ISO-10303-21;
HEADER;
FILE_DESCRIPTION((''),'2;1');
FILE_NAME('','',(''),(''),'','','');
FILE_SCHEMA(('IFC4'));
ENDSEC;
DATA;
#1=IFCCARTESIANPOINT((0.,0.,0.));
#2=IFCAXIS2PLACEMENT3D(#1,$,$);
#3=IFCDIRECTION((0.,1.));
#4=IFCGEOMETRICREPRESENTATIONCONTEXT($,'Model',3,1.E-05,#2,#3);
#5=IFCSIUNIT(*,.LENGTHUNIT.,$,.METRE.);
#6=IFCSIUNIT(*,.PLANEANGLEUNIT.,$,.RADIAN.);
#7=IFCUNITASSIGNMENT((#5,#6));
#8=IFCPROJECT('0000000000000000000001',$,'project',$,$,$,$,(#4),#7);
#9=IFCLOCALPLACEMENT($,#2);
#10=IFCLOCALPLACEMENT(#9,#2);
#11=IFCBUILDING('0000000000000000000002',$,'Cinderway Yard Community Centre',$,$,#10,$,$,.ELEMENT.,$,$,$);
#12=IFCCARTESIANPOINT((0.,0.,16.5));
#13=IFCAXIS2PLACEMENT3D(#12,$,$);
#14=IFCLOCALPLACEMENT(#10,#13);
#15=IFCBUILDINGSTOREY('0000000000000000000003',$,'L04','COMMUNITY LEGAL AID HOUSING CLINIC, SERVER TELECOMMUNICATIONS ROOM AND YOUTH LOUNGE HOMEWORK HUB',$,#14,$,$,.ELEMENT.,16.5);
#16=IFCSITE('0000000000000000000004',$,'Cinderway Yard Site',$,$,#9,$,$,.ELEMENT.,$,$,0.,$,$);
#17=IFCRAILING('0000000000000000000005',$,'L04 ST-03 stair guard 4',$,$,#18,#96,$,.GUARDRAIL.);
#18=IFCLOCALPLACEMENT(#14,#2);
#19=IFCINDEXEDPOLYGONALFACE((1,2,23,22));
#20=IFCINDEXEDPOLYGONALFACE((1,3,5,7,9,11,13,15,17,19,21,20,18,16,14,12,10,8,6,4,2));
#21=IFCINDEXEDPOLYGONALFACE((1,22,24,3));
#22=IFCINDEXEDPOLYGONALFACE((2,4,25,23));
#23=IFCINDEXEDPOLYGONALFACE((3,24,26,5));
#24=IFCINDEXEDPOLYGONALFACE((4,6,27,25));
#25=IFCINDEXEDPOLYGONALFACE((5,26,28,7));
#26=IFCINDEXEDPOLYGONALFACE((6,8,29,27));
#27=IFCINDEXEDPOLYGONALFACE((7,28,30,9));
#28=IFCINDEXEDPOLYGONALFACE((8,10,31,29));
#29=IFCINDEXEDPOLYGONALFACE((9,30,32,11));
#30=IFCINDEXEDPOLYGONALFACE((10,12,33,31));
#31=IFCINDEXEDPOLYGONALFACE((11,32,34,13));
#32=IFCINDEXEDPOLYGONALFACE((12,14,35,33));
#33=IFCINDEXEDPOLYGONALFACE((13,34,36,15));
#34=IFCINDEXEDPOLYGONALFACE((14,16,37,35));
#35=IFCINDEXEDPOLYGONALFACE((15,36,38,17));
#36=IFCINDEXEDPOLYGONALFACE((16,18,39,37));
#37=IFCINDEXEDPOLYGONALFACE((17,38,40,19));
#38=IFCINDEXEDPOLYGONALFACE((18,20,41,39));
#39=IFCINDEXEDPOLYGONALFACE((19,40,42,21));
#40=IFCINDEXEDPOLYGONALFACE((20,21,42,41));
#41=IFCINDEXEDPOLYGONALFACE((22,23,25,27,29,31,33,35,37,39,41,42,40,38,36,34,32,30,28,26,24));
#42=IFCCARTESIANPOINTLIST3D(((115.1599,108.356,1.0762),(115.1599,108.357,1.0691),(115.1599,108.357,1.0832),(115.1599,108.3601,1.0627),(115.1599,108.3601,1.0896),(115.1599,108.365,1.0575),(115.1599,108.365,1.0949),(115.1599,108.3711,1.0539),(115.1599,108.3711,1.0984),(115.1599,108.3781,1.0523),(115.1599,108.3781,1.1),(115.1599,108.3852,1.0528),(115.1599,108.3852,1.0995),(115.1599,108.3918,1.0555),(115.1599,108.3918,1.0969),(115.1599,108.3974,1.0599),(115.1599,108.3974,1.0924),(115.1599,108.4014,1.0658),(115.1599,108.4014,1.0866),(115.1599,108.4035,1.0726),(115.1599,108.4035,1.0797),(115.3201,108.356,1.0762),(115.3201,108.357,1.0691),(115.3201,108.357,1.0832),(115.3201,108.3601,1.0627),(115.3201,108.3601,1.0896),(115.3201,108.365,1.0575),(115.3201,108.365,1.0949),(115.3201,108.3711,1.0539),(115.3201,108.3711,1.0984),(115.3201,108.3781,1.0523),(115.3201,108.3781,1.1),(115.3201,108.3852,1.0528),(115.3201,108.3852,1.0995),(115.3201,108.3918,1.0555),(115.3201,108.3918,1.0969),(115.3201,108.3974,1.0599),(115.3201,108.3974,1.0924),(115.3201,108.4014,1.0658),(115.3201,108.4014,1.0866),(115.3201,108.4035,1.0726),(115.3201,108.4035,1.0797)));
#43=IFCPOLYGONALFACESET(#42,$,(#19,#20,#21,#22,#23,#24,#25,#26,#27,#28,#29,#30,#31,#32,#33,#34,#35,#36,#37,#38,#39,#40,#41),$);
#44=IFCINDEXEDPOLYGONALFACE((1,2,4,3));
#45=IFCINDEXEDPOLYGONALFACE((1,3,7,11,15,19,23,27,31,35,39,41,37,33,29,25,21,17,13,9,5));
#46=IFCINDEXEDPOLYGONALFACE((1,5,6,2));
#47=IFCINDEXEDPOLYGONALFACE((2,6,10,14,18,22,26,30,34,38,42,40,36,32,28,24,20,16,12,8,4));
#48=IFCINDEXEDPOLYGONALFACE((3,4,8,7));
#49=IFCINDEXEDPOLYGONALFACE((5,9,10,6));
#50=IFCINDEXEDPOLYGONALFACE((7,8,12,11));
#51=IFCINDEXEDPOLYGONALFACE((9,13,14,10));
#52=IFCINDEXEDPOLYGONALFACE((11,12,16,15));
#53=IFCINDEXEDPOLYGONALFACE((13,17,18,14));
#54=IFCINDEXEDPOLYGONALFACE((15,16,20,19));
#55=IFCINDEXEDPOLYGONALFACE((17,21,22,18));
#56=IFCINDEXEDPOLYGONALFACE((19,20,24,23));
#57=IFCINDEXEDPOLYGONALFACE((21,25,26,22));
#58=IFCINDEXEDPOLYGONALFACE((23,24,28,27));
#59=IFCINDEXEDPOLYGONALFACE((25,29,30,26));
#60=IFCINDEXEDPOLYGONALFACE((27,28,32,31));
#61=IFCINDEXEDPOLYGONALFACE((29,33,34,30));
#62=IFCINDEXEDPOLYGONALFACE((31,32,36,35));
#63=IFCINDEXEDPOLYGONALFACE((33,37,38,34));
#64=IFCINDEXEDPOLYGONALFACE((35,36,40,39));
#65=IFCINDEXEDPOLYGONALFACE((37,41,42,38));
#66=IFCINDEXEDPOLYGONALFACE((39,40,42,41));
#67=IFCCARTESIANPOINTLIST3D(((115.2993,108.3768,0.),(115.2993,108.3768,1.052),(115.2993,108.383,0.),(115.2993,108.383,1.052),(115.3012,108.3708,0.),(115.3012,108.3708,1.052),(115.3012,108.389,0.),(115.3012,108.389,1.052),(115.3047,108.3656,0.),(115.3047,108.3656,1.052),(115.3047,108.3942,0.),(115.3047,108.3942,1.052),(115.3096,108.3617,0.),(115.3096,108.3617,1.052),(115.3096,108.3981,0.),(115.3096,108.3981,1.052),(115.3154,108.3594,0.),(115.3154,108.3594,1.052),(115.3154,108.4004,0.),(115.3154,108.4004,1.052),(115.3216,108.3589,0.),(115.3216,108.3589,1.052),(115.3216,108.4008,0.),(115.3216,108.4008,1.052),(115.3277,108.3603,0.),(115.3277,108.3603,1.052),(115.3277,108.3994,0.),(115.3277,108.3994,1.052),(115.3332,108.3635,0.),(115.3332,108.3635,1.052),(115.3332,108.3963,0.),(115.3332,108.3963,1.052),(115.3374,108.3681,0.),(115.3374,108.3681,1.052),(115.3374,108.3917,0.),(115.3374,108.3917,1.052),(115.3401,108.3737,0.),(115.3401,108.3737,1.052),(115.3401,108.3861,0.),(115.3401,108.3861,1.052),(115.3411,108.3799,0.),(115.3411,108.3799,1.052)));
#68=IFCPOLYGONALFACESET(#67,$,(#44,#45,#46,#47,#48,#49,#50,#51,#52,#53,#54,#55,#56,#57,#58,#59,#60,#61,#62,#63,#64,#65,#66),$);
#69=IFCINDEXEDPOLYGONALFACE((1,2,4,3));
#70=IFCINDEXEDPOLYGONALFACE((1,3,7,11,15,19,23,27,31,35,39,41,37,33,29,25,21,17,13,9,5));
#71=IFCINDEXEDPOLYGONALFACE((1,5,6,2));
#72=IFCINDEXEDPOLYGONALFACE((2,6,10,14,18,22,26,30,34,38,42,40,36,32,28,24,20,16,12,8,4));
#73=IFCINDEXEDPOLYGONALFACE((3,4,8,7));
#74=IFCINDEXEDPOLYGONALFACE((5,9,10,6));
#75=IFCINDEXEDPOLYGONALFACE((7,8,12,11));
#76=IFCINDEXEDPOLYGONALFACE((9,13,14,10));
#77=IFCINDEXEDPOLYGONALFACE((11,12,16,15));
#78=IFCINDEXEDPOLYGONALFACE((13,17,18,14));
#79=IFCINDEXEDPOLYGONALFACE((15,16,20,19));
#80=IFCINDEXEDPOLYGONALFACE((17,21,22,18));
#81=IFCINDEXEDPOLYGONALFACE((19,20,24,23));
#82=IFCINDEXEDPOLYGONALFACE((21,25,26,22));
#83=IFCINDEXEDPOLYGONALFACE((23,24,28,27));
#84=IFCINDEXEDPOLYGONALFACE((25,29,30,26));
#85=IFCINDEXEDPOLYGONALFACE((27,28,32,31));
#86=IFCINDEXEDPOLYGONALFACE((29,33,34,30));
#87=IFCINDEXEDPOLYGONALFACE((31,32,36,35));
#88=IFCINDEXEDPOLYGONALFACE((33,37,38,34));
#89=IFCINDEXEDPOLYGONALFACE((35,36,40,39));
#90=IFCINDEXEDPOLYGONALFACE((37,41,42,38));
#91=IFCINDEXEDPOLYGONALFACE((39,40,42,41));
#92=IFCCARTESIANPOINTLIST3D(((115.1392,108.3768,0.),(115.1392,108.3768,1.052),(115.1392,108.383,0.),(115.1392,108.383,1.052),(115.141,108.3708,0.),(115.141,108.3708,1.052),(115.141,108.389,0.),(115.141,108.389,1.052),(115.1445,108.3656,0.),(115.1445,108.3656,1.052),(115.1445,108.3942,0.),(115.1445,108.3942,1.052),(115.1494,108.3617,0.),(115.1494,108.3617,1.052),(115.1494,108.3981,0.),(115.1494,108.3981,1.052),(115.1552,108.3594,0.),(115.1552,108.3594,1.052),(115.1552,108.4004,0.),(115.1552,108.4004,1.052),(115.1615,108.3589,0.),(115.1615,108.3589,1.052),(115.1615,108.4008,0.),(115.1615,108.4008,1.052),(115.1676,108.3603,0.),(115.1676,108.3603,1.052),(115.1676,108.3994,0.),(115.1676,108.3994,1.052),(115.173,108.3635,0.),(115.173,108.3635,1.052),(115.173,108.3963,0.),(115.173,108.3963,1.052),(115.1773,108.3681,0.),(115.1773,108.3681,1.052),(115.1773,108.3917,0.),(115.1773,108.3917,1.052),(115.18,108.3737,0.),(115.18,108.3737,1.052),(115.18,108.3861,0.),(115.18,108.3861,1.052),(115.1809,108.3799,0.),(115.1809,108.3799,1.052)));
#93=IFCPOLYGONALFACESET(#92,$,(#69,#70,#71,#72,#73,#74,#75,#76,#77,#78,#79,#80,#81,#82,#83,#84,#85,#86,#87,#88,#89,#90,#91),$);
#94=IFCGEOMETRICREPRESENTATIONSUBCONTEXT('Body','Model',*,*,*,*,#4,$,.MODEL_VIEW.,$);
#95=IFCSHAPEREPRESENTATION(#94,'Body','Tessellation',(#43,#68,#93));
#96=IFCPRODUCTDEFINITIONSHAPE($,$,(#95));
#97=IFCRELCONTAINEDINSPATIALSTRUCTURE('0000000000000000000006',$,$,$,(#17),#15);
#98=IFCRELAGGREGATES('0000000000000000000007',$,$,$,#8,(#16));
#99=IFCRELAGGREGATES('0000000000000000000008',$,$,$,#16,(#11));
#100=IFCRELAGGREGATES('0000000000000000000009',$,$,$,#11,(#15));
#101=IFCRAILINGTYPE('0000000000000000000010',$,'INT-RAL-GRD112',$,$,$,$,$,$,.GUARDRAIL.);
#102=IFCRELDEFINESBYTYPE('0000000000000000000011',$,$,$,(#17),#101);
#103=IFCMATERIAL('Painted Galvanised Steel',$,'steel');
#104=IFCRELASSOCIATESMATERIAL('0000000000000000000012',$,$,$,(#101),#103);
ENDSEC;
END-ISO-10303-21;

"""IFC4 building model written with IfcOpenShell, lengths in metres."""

from ifc_helpers import new_model, si_unit, direction, frame, origin, origin_2d, place, context, subcontext, project, spatial, circle, extrude, material, type_object, element, save


model = new_model("IFC4")

# Units and contexts
model_context = context("Model", 3, precision=1e-05, world=origin(), true_north=direction((0.0, 1.0)))
body_context = subcontext(model_context, "Body", "Model", "MODEL_VIEW")
ifc_project = project(units=[si_unit("LENGTHUNIT", "METRE"), si_unit("PLANEANGLEUNIT", "RADIAN")], contexts=[model_context])

# Site, building, storey
site_placement = place(None, origin())
site = spatial("IfcSite", under=ifc_project, at=site_placement, Name="Cinderway Yard Site", CompositionType="ELEMENT", RefElevation=0.0)
building_placement = place(site_placement, origin())
building = spatial("IfcBuilding", under=site, at=building_placement, Name="Cinderway Yard Community Centre", CompositionType="ELEMENT")
storey_placement = place(building_placement, frame((0.0, 0.0, 16.5)))
storey = spatial("IfcBuildingStorey", under=building, at=storey_placement, Name="L04", Description="COMMUNITY LEGAL AID HOUSING CLINIC, SERVER TELECOMMUNICATIONS ROOM AND YOUTH LOUNGE HOMEWORK HUB", CompositionType="ELEMENT", Elevation=16.5)

# Shared definitions
ifc_material_1 = material(Name="Painted Galvanised Steel", Category="steel")

# Railing
railing_type_1 = type_object("IfcRailingType", Name="INT-RAL-GRD112", PredefinedType="GUARDRAIL", material=ifc_material_1)
railing_1_placement = place(storey_placement, frame((115.3201, 108.3799, 0.0)))
element("IfcRailing", 1, at=railing_1_placement, inside=storey, type_object=railing_type_1, Name="L04 ST-03 stair guard 4", PredefinedType="GUARDRAIL", context=body_context, shape_type="SweptSolid", body=[
    extrude(circle(Radius=0.0239, at=origin_2d()), frame((0.0, 0.0, 1.0762), z_axis=(-1.0, 0.0, 0.0), x_axis=(0.0, -1.0, 0.0)), (0.0, 0.0, 1.0), 0.1602),
    extrude(circle(Radius=0.021, at=origin_2d()), origin(), (0.0, 0.0, 1.0), 1.052),
    extrude(circle(Radius=0.021, at=origin_2d()), frame((-0.1602, 0.0, 0.0)), (0.0, 0.0, 1.0), 1.052),
])

save(model, "model.ifc")
